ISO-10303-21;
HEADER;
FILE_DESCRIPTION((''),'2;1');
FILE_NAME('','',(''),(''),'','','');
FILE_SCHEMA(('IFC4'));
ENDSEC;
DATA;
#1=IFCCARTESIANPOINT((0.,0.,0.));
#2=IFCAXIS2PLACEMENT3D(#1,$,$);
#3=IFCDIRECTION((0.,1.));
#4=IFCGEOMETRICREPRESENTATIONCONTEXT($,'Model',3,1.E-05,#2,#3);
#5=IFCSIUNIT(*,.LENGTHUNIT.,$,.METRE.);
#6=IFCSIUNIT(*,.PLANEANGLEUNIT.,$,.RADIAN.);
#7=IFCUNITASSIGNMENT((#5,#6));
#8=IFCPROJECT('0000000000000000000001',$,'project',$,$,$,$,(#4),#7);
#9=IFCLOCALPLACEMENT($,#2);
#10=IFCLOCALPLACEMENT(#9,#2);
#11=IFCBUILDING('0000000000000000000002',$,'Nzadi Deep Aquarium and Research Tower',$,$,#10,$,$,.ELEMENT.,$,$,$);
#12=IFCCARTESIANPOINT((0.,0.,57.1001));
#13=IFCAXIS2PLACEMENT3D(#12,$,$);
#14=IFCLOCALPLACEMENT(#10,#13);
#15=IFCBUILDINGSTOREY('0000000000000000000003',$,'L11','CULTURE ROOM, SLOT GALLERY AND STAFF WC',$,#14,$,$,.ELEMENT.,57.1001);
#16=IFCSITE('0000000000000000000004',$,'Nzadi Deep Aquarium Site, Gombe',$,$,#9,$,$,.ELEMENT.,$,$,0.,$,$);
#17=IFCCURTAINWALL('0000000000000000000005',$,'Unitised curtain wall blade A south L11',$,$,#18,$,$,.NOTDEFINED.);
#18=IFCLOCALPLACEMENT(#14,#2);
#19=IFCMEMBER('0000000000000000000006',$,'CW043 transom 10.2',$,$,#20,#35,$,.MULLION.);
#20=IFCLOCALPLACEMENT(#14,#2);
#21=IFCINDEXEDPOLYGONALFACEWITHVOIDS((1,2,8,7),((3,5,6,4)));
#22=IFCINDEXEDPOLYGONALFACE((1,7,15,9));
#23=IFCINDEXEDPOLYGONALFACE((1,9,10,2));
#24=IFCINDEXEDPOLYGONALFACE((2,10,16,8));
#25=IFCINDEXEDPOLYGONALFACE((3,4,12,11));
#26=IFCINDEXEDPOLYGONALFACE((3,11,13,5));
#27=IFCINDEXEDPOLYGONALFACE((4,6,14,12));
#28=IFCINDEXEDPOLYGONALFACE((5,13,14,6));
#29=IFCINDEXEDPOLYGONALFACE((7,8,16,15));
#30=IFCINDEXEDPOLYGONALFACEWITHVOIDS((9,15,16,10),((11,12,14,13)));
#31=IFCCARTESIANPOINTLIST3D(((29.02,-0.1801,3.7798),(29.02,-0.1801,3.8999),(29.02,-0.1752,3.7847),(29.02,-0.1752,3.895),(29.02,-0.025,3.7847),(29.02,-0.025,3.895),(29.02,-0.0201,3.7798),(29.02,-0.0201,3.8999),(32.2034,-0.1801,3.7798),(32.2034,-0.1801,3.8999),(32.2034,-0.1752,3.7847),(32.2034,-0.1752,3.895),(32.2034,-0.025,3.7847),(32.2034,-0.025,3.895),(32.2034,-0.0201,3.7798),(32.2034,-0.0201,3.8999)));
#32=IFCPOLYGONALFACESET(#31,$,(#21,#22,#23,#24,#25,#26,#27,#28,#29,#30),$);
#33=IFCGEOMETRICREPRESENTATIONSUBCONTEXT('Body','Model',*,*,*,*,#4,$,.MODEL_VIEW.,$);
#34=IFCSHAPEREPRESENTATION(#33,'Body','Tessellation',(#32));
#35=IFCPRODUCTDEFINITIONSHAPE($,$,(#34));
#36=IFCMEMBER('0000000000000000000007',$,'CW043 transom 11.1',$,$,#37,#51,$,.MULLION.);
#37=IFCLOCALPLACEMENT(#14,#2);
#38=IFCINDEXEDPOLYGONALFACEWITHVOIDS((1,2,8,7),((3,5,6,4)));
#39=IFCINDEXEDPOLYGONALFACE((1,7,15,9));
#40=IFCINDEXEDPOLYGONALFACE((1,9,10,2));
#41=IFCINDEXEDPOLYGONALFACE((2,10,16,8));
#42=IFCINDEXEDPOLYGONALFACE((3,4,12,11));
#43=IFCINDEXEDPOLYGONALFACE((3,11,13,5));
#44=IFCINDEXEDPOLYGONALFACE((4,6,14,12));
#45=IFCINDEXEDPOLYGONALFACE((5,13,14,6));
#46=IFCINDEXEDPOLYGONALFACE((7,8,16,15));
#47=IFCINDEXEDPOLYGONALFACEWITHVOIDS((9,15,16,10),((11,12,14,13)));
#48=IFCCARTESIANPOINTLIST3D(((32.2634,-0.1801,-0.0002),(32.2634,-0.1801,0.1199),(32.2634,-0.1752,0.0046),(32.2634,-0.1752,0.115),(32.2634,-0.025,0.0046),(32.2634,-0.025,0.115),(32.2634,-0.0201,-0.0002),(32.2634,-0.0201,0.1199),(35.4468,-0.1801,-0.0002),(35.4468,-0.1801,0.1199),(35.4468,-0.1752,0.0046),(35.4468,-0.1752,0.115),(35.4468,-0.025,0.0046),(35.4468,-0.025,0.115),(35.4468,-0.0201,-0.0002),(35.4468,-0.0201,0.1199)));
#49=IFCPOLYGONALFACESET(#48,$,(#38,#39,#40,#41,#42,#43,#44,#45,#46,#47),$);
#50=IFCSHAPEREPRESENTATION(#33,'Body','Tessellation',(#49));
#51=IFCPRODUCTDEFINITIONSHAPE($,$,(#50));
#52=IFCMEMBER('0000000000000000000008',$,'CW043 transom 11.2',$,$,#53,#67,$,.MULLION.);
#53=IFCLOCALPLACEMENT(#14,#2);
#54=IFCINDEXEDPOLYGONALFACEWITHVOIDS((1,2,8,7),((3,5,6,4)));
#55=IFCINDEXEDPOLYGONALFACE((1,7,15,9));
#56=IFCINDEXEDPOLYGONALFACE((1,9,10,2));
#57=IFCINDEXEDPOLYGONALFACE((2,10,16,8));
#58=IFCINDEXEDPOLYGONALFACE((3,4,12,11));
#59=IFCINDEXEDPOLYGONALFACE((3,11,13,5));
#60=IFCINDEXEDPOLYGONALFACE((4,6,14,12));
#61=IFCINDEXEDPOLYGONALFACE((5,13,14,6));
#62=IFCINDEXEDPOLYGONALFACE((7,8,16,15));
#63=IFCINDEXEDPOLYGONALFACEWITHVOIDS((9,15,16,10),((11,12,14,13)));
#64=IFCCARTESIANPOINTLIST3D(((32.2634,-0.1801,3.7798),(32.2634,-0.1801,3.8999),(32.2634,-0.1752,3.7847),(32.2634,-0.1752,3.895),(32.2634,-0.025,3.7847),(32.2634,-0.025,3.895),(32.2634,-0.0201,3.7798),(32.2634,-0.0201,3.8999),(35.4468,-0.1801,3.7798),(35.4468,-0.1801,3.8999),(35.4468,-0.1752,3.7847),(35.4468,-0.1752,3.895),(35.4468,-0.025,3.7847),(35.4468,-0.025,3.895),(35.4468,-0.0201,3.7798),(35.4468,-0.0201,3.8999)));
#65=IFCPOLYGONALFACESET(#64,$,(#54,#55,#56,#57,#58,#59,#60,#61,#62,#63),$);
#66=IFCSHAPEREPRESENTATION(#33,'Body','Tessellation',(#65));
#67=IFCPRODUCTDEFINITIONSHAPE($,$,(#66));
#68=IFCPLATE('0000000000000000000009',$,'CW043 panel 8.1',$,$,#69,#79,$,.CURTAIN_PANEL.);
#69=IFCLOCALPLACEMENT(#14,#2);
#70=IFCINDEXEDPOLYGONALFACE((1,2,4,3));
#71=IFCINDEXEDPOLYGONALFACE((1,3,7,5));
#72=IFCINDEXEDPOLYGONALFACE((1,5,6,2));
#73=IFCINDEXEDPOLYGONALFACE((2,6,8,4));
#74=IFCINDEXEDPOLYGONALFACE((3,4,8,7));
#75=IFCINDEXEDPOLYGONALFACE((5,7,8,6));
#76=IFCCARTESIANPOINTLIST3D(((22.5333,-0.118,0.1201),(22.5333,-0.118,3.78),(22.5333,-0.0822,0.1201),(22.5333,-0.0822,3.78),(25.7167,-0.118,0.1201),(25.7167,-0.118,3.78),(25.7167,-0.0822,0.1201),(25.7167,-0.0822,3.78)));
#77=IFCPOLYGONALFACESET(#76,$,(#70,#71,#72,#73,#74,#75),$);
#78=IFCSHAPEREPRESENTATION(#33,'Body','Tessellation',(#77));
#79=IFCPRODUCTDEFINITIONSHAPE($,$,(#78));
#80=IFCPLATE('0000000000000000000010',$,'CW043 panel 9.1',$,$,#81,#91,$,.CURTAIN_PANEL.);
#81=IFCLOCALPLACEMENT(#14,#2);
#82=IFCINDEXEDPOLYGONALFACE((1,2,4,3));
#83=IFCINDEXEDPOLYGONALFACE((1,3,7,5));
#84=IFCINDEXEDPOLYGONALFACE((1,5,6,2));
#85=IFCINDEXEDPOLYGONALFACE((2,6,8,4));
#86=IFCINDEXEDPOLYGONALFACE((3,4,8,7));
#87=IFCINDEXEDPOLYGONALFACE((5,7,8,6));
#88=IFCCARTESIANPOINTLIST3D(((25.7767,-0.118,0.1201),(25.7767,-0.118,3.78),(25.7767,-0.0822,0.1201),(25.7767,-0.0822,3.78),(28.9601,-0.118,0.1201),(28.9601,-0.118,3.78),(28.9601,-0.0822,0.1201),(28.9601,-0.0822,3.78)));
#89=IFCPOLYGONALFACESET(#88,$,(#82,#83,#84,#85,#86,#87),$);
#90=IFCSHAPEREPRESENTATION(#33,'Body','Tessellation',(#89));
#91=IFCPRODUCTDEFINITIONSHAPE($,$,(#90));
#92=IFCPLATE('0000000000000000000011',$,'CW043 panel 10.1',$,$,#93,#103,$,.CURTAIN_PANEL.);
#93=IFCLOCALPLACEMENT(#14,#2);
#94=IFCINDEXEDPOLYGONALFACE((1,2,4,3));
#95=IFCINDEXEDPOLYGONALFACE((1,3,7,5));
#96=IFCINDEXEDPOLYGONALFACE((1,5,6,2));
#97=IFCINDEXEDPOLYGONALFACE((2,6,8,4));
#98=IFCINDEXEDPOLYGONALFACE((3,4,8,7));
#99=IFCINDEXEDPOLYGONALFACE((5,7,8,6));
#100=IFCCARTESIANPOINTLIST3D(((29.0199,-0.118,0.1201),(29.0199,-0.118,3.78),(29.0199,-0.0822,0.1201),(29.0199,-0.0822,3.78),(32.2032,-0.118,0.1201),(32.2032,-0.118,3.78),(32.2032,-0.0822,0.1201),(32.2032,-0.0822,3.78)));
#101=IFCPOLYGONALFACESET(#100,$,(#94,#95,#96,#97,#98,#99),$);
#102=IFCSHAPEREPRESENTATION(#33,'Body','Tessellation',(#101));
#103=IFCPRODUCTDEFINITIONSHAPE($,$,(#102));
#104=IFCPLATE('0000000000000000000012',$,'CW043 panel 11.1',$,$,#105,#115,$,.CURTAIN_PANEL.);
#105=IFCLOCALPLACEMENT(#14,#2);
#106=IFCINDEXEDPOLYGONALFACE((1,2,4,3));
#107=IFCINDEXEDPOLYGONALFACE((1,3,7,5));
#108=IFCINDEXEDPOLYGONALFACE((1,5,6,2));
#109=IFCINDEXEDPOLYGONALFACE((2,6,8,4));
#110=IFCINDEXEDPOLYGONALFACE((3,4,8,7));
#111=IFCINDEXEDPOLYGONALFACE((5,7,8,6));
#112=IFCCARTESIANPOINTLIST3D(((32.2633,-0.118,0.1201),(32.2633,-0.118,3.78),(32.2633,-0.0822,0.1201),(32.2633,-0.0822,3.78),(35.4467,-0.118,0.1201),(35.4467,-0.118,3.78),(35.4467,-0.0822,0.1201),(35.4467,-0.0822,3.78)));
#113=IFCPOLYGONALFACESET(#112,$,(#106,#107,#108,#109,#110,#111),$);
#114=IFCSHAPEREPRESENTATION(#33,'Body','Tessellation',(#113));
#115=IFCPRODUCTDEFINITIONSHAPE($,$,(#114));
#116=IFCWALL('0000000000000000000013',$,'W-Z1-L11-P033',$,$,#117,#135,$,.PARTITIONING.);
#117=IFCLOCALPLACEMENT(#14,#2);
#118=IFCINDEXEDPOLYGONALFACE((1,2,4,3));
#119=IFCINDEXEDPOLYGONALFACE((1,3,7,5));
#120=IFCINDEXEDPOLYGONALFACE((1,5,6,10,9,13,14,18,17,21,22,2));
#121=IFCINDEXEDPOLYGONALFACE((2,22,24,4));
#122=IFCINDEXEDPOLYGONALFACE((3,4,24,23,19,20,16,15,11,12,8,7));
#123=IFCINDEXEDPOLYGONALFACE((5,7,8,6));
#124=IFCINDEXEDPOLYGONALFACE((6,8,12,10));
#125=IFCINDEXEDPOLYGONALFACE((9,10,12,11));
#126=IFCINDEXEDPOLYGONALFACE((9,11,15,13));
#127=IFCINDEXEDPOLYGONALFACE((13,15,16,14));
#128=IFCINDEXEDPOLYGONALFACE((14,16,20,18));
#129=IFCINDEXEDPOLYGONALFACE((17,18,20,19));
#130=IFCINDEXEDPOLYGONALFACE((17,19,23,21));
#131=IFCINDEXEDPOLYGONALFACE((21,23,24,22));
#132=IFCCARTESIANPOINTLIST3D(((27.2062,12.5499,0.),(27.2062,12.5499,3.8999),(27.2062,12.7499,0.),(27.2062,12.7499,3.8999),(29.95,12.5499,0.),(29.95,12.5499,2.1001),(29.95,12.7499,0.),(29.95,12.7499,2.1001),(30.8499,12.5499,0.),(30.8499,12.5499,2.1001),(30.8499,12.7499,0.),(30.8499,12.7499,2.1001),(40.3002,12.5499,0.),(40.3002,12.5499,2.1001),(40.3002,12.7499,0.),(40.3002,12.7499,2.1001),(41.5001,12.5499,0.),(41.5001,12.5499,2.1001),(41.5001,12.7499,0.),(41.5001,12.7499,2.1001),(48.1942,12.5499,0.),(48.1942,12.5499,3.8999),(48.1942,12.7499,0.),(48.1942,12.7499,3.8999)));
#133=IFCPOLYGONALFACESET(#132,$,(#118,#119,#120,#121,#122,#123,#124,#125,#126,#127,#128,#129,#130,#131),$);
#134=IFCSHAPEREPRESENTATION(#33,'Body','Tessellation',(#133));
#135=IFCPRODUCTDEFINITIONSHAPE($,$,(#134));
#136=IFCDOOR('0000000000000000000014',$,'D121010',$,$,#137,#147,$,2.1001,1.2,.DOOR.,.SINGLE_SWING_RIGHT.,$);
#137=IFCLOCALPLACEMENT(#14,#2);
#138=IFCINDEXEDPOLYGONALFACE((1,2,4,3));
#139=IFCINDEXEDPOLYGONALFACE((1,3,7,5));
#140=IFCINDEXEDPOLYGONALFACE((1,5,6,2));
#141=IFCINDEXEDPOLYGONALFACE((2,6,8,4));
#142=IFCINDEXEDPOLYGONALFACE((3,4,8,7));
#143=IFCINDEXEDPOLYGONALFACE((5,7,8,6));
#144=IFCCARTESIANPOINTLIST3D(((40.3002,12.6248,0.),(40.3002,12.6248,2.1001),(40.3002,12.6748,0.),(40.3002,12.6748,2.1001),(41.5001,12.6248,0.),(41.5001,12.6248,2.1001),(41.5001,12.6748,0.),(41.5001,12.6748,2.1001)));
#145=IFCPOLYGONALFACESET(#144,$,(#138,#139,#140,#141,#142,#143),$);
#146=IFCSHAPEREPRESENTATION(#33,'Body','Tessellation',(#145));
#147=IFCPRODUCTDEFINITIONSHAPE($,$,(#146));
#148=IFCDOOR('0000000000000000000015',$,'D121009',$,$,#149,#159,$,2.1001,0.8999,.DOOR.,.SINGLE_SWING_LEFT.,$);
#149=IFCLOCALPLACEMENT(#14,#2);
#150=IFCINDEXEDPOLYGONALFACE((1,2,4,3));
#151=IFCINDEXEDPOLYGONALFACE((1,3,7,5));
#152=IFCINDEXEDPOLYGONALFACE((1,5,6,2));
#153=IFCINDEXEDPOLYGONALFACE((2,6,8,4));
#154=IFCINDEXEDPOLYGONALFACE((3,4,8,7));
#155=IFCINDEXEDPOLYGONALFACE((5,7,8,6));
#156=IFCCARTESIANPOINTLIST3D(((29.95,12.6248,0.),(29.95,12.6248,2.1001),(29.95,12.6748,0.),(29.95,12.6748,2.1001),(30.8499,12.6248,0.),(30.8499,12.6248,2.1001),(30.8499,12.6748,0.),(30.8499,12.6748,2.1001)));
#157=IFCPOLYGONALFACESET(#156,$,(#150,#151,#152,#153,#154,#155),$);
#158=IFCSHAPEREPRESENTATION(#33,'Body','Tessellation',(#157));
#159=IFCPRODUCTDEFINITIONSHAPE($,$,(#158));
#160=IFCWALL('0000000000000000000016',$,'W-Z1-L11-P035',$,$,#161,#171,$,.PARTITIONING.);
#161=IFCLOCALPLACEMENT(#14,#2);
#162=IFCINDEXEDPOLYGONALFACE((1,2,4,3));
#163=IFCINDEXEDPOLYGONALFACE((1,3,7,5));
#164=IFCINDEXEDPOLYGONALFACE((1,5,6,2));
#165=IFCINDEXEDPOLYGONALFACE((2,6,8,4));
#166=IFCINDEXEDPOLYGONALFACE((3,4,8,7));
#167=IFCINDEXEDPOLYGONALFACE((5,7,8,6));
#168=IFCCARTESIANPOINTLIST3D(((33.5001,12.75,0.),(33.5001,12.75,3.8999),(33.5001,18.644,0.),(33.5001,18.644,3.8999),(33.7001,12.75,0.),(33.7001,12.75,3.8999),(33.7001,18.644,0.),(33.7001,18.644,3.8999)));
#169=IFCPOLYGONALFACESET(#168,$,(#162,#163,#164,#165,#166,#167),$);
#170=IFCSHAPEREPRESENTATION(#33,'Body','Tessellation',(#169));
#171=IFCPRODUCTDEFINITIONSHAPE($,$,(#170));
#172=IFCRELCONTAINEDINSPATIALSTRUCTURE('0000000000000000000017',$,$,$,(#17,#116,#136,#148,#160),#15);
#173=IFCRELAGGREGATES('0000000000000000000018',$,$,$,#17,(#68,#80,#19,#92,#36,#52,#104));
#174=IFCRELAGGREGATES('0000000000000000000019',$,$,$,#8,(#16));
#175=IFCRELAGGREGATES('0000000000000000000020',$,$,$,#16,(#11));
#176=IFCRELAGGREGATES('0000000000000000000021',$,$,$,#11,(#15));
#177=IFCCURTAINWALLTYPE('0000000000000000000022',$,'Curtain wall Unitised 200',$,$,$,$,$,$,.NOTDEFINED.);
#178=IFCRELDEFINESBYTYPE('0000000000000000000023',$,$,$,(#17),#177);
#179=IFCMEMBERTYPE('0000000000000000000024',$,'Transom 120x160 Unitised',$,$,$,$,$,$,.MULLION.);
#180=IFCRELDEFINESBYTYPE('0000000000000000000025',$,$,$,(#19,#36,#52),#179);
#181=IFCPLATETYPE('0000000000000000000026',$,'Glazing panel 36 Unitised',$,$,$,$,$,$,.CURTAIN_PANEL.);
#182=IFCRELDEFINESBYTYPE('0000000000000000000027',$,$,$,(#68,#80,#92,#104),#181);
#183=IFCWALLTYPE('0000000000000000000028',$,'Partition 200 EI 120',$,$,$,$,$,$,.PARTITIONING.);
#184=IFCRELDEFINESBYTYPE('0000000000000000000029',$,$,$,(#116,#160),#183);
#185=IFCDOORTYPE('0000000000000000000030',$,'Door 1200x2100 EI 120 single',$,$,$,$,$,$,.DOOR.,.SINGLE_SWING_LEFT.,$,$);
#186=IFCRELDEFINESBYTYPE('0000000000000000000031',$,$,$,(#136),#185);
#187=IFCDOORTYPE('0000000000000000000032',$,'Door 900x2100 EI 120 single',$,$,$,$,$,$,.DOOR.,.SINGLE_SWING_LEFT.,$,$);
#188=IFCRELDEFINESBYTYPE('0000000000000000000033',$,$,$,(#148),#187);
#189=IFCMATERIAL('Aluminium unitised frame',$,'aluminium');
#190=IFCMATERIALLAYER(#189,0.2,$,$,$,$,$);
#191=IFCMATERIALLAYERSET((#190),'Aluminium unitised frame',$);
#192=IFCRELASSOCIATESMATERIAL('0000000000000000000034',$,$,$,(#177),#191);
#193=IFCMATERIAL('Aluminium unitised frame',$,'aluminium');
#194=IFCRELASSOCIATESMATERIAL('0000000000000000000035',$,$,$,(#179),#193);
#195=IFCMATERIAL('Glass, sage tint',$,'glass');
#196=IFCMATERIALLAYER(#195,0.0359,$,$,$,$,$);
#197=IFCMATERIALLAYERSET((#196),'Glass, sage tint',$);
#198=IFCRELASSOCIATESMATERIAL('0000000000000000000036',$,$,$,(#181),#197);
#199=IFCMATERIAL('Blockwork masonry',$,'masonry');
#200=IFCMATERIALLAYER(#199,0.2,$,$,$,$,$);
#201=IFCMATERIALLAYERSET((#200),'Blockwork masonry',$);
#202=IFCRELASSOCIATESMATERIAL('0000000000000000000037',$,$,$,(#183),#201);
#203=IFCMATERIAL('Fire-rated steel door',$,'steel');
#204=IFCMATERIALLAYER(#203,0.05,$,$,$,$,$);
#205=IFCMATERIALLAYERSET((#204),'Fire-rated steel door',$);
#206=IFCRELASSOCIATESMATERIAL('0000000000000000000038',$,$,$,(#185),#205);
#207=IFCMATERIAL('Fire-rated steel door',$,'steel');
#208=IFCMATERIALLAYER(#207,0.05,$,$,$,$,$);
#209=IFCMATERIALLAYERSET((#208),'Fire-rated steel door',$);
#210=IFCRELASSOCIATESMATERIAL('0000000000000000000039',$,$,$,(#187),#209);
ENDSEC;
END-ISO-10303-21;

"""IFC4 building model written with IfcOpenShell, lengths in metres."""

from ifc_helpers import new_model, si_unit, direction, frame, frame_2d, origin, origin_2d, place, context, subcontext, project, spatial, rectangle, hollow_rectangle, extrude, material, layer, layer_set, material_profile, profile_set, type_object, element, fill, aggregate, save


model = new_model("IFC4")

# Units and contexts
model_context = context("Model", 3, precision=1e-05, world=origin(), true_north=direction((0.0, 1.0)))
body_context = subcontext(model_context, "Body", "Model", "MODEL_VIEW")
ifc_project = project(units=[si_unit("LENGTHUNIT", "METRE"), si_unit("PLANEANGLEUNIT", "RADIAN")], contexts=[model_context])

# Site, building, storey
site_placement = place(None, origin())
site = spatial("IfcSite", under=ifc_project, at=site_placement, Name="Nzadi Deep Aquarium Site, Gombe", CompositionType="ELEMENT", RefElevation=0.0)
building_placement = place(site_placement, origin())
building = spatial("IfcBuilding", under=site, at=building_placement, Name="Nzadi Deep Aquarium and Research Tower", CompositionType="ELEMENT")
storey_placement = place(building_placement, frame((0.0, 0.0, 57.1001)))
storey = spatial("IfcBuildingStorey", under=building, at=storey_placement, Name="L11", Description="CULTURE ROOM, SLOT GALLERY AND STAFF WC", CompositionType="ELEMENT", Elevation=57.1001)

# Curtain wall
ifc_material_1 = material(Name="Aluminium unitised frame", Category="aluminium")
ifc_layer_1 = layer(ifc_material_1, 0.2)
ifc_layer_set_1 = layer_set([ifc_layer_1], Name="Aluminium unitised frame")
curtain_wall_type = type_object("IfcCurtainWallType", Name="Curtain wall Unitised 200", PredefinedType="NOTDEFINED", material=ifc_layer_set_1)
curtain_wall_placement = place(storey_placement, origin())
curtain_wall = element("IfcCurtainWall", 1, at=curtain_wall_placement, inside=storey, type_object=curtain_wall_type, Name="Unitised curtain wall blade A south L11", PredefinedType="NOTDEFINED")

# Members
ifc_material_2 = material(Name="Aluminium unitised frame", Category="aluminium")
ifc_material_profile_1 = material_profile(ifc_material_2, hollow_rectangle(XDim=0.1599, YDim=0.1201, WallThickness=0.0049, at=origin_2d()))
ifc_profile_set_1 = profile_set([ifc_material_profile_1], Name="Aluminium unitised frame")
member_type_1 = type_object("IfcMemberType", Name="Transom 120x160 Unitised", PredefinedType="MULLION", material=ifc_profile_set_1)
member_1_placement = place(storey_placement, frame((29.02, -0.1001, 3.8398), z_axis=(1.0, 0.0, 0.0), x_axis=(0.0, 1.0, 0.0)))
member_1 = element("IfcMember", 2, at=member_1_placement, type_object=member_type_1, Name="CW043 transom 10.2", PredefinedType="MULLION", context=body_context, shape_type="SweptSolid", body=[
    extrude(hollow_rectangle(XDim=0.1599, YDim=0.1201, WallThickness=0.0049, at=origin_2d()), origin(), (0.0, 0.0, 1.0), 3.1833),
])
member_2_placement = place(storey_placement, frame((32.2634, -0.1001, 0.0598), z_axis=(1.0, 0.0, 0.0), x_axis=(0.0, 1.0, 0.0)))
member_2 = element("IfcMember", 3, at=member_2_placement, type_object=member_type_1, Name="CW043 transom 11.1", PredefinedType="MULLION", context=body_context, shape_type="SweptSolid", body=[
    extrude(hollow_rectangle(XDim=0.1599, YDim=0.1201, WallThickness=0.0049, at=origin_2d()), origin(), (0.0, 0.0, 1.0), 3.1833),
])
member_3_placement = place(storey_placement, frame((32.2634, -0.1001, 3.8398), z_axis=(1.0, 0.0, 0.0), x_axis=(0.0, 1.0, 0.0)))
member_3 = element("IfcMember", 4, at=member_3_placement, type_object=member_type_1, Name="CW043 transom 11.2", PredefinedType="MULLION", context=body_context, shape_type="SweptSolid", body=[
    extrude(hollow_rectangle(XDim=0.1599, YDim=0.1201, WallThickness=0.0049, at=origin_2d()), origin(), (0.0, 0.0, 1.0), 3.1833),
])

# Plates
ifc_material_3 = material(Name="Glass, sage tint", Category="glass")
ifc_layer_2 = layer(ifc_material_3, 0.0359)
ifc_layer_set_2 = layer_set([ifc_layer_2], Name="Glass, sage tint")
plate_type = type_object("IfcPlateType", Name="Glazing panel 36 Unitised", PredefinedType="CURTAIN_PANEL", material=ifc_layer_set_2)
plate_1_placement = place(storey_placement, frame((24.125, -0.1001, 0.1201), z_axis=(0.0, 0.0, 1.0), x_axis=(1.0, 0.0, 0.0)))
plate_1 = element("IfcPlate", 5, at=plate_1_placement, type_object=plate_type, Name="CW043 panel 8.1", PredefinedType="CURTAIN_PANEL", context=body_context, shape_type="SweptSolid", body=[
    extrude(rectangle(XDim=3.1833, YDim=0.0359, at=origin_2d()), origin(), (0.0, 0.0, 1.0), 3.6599),
])
plate_2_placement = place(storey_placement, frame((27.3684, -0.1001, 0.1201), z_axis=(0.0, 0.0, 1.0), x_axis=(1.0, 0.0, 0.0)))
plate_2 = element("IfcPlate", 6, at=plate_2_placement, type_object=plate_type, Name="CW043 panel 9.1", PredefinedType="CURTAIN_PANEL", context=body_context, shape_type="SweptSolid", body=[
    extrude(rectangle(XDim=3.1833, YDim=0.0359, at=origin_2d()), origin(), (0.0, 0.0, 1.0), 3.6599),
])
plate_3_placement = place(storey_placement, frame((30.6116, -0.1001, 0.1201), z_axis=(0.0, 0.0, 1.0), x_axis=(1.0, 0.0, 0.0)))
plate_3 = element("IfcPlate", 7, at=plate_3_placement, type_object=plate_type, Name="CW043 panel 10.1", PredefinedType="CURTAIN_PANEL", context=body_context, shape_type="SweptSolid", body=[
    extrude(rectangle(XDim=3.1833, YDim=0.0359, at=origin_2d()), origin(), (0.0, 0.0, 1.0), 3.6599),
])
plate_4_placement = place(storey_placement, frame((33.855, -0.1001, 0.1201), z_axis=(0.0, 0.0, 1.0), x_axis=(1.0, 0.0, 0.0)))
plate_4 = element("IfcPlate", 8, at=plate_4_placement, type_object=plate_type, Name="CW043 panel 11.1", PredefinedType="CURTAIN_PANEL", context=body_context, shape_type="SweptSolid", body=[
    extrude(rectangle(XDim=3.1833, YDim=0.0359, at=origin_2d()), origin(), (0.0, 0.0, 1.0), 3.6599),
])
aggregate(curtain_wall, [plate_1, plate_2, member_1, plate_3, member_2, member_3, plate_4])

# Wall, openings, doors
ifc_material_4 = material(Name="Blockwork masonry", Category="masonry")
ifc_layer_3 = layer(ifc_material_4, 0.2)
ifc_layer_set_3 = layer_set([ifc_layer_3], Name="Blockwork masonry")
wall_type_1 = type_object("IfcWallType", Name="Partition 200 EI 120", PredefinedType="PARTITIONING", material=ifc_layer_set_3)
wall_1_placement = place(storey_placement, frame((27.2061, 12.6499, 0.0), z_axis=(0.0, 0.0, 1.0), x_axis=(1.0, 0.0, 0.0)))
wall_1 = element("IfcWall", 9, at=wall_1_placement, inside=storey, type_object=wall_type_1, Name="W-Z1-L11-P033", PredefinedType="PARTITIONING", context=body_context, shape_type="SweptSolid", body=[
    extrude(rectangle(XDim=20.988, YDim=0.2, at=frame_2d((10.4941, 0.0))), origin(), (0.0, 0.0, 1.0), 3.8999),
])
opening_1_placement = place(wall_1_placement, frame((2.7439, 0.0, 0.0)))
opening_1 = element("IfcOpeningElement", 10, at=opening_1_placement, cuts=wall_1, PredefinedType="OPENING", context=body_context, shape_type="SweptSolid", body=[
    extrude(rectangle(XDim=0.8999, YDim=2.1001, at=frame_2d((0.45, 1.05))), frame((0.0, 0.1101, 0.0), z_axis=(0.0, -1.0, 0.0), x_axis=(1.0, 0.0, 0.0)), (0.0, 0.0, 1.0), 0.2202),
])
opening_2_placement = place(wall_1_placement, frame((13.094, 0.0, 0.0)))
opening_2 = element("IfcOpeningElement", 11, at=opening_2_placement, cuts=wall_1, PredefinedType="OPENING", context=body_context, shape_type="SweptSolid", body=[
    extrude(rectangle(XDim=1.2, YDim=2.1001, at=frame_2d((0.6001, 1.05))), frame((0.0, 0.1101, 0.0), z_axis=(0.0, -1.0, 0.0), x_axis=(1.0, 0.0, 0.0)), (0.0, 0.0, 1.0), 0.2202),
])
ifc_material_5 = material(Name="Fire-rated steel door", Category="steel")
ifc_layer_4 = layer(ifc_material_5, 0.05)
ifc_layer_set_4 = layer_set([ifc_layer_4], Name="Fire-rated steel door")
door_type_1 = type_object("IfcDoorType", Name="Door 1200x2100 EI 120 single", OperationType="SINGLE_SWING_LEFT", PredefinedType="DOOR", material=ifc_layer_set_4)
door_1_placement = place(opening_2_placement, origin())
door_1 = element("IfcDoor", 12, at=door_1_placement, inside=storey, type_object=door_type_1, Name="D121010", OperationType="SINGLE_SWING_RIGHT", OverallHeight=2.1001, OverallWidth=1.2, PredefinedType="DOOR", context=body_context, shape_type="SweptSolid", body=[
    extrude(rectangle(XDim=1.2, YDim=2.1001, at=frame_2d((0.6001, 1.05))), frame((0.0, 0.0249, 0.0), z_axis=(0.0, -1.0, 0.0), x_axis=(1.0, 0.0, 0.0)), (0.0, 0.0, 1.0), 0.05),
])
fill(opening_2, door_1)
ifc_material_6 = material(Name="Fire-rated steel door", Category="steel")
ifc_layer_5 = layer(ifc_material_6, 0.05)
ifc_layer_set_5 = layer_set([ifc_layer_5], Name="Fire-rated steel door")
door_type_2 = type_object("IfcDoorType", Name="Door 900x2100 EI 120 single", OperationType="SINGLE_SWING_LEFT", PredefinedType="DOOR", material=ifc_layer_set_5)
door_2_placement = place(opening_1_placement, origin())
door_2 = element("IfcDoor", 13, at=door_2_placement, inside=storey, type_object=door_type_2, Name="D121009", OperationType="SINGLE_SWING_LEFT", OverallHeight=2.1001, OverallWidth=0.8999, PredefinedType="DOOR", context=body_context, shape_type="SweptSolid", body=[
    extrude(rectangle(XDim=0.8999, YDim=2.1001, at=frame_2d((0.45, 1.05))), frame((0.0, 0.0249, 0.0), z_axis=(0.0, -1.0, 0.0), x_axis=(1.0, 0.0, 0.0)), (0.0, 0.0, 1.0), 0.05),
])
fill(opening_1, door_2)

# Wall
wall_2_placement = place(storey_placement, frame((33.6001, 12.75, 0.0), z_axis=(0.0, 0.0, 1.0), x_axis=(0.0, 1.0, 0.0)))
element("IfcWall", 14, at=wall_2_placement, inside=storey, type_object=wall_type_1, Name="W-Z1-L11-P035", PredefinedType="PARTITIONING", context=body_context, shape_type="SweptSolid", body=[
    extrude(rectangle(XDim=5.894, YDim=0.2, at=frame_2d((2.947, 0.0))), origin(), (0.0, 0.0, 1.0), 3.8999),
])

save(model, "model.ifc")
